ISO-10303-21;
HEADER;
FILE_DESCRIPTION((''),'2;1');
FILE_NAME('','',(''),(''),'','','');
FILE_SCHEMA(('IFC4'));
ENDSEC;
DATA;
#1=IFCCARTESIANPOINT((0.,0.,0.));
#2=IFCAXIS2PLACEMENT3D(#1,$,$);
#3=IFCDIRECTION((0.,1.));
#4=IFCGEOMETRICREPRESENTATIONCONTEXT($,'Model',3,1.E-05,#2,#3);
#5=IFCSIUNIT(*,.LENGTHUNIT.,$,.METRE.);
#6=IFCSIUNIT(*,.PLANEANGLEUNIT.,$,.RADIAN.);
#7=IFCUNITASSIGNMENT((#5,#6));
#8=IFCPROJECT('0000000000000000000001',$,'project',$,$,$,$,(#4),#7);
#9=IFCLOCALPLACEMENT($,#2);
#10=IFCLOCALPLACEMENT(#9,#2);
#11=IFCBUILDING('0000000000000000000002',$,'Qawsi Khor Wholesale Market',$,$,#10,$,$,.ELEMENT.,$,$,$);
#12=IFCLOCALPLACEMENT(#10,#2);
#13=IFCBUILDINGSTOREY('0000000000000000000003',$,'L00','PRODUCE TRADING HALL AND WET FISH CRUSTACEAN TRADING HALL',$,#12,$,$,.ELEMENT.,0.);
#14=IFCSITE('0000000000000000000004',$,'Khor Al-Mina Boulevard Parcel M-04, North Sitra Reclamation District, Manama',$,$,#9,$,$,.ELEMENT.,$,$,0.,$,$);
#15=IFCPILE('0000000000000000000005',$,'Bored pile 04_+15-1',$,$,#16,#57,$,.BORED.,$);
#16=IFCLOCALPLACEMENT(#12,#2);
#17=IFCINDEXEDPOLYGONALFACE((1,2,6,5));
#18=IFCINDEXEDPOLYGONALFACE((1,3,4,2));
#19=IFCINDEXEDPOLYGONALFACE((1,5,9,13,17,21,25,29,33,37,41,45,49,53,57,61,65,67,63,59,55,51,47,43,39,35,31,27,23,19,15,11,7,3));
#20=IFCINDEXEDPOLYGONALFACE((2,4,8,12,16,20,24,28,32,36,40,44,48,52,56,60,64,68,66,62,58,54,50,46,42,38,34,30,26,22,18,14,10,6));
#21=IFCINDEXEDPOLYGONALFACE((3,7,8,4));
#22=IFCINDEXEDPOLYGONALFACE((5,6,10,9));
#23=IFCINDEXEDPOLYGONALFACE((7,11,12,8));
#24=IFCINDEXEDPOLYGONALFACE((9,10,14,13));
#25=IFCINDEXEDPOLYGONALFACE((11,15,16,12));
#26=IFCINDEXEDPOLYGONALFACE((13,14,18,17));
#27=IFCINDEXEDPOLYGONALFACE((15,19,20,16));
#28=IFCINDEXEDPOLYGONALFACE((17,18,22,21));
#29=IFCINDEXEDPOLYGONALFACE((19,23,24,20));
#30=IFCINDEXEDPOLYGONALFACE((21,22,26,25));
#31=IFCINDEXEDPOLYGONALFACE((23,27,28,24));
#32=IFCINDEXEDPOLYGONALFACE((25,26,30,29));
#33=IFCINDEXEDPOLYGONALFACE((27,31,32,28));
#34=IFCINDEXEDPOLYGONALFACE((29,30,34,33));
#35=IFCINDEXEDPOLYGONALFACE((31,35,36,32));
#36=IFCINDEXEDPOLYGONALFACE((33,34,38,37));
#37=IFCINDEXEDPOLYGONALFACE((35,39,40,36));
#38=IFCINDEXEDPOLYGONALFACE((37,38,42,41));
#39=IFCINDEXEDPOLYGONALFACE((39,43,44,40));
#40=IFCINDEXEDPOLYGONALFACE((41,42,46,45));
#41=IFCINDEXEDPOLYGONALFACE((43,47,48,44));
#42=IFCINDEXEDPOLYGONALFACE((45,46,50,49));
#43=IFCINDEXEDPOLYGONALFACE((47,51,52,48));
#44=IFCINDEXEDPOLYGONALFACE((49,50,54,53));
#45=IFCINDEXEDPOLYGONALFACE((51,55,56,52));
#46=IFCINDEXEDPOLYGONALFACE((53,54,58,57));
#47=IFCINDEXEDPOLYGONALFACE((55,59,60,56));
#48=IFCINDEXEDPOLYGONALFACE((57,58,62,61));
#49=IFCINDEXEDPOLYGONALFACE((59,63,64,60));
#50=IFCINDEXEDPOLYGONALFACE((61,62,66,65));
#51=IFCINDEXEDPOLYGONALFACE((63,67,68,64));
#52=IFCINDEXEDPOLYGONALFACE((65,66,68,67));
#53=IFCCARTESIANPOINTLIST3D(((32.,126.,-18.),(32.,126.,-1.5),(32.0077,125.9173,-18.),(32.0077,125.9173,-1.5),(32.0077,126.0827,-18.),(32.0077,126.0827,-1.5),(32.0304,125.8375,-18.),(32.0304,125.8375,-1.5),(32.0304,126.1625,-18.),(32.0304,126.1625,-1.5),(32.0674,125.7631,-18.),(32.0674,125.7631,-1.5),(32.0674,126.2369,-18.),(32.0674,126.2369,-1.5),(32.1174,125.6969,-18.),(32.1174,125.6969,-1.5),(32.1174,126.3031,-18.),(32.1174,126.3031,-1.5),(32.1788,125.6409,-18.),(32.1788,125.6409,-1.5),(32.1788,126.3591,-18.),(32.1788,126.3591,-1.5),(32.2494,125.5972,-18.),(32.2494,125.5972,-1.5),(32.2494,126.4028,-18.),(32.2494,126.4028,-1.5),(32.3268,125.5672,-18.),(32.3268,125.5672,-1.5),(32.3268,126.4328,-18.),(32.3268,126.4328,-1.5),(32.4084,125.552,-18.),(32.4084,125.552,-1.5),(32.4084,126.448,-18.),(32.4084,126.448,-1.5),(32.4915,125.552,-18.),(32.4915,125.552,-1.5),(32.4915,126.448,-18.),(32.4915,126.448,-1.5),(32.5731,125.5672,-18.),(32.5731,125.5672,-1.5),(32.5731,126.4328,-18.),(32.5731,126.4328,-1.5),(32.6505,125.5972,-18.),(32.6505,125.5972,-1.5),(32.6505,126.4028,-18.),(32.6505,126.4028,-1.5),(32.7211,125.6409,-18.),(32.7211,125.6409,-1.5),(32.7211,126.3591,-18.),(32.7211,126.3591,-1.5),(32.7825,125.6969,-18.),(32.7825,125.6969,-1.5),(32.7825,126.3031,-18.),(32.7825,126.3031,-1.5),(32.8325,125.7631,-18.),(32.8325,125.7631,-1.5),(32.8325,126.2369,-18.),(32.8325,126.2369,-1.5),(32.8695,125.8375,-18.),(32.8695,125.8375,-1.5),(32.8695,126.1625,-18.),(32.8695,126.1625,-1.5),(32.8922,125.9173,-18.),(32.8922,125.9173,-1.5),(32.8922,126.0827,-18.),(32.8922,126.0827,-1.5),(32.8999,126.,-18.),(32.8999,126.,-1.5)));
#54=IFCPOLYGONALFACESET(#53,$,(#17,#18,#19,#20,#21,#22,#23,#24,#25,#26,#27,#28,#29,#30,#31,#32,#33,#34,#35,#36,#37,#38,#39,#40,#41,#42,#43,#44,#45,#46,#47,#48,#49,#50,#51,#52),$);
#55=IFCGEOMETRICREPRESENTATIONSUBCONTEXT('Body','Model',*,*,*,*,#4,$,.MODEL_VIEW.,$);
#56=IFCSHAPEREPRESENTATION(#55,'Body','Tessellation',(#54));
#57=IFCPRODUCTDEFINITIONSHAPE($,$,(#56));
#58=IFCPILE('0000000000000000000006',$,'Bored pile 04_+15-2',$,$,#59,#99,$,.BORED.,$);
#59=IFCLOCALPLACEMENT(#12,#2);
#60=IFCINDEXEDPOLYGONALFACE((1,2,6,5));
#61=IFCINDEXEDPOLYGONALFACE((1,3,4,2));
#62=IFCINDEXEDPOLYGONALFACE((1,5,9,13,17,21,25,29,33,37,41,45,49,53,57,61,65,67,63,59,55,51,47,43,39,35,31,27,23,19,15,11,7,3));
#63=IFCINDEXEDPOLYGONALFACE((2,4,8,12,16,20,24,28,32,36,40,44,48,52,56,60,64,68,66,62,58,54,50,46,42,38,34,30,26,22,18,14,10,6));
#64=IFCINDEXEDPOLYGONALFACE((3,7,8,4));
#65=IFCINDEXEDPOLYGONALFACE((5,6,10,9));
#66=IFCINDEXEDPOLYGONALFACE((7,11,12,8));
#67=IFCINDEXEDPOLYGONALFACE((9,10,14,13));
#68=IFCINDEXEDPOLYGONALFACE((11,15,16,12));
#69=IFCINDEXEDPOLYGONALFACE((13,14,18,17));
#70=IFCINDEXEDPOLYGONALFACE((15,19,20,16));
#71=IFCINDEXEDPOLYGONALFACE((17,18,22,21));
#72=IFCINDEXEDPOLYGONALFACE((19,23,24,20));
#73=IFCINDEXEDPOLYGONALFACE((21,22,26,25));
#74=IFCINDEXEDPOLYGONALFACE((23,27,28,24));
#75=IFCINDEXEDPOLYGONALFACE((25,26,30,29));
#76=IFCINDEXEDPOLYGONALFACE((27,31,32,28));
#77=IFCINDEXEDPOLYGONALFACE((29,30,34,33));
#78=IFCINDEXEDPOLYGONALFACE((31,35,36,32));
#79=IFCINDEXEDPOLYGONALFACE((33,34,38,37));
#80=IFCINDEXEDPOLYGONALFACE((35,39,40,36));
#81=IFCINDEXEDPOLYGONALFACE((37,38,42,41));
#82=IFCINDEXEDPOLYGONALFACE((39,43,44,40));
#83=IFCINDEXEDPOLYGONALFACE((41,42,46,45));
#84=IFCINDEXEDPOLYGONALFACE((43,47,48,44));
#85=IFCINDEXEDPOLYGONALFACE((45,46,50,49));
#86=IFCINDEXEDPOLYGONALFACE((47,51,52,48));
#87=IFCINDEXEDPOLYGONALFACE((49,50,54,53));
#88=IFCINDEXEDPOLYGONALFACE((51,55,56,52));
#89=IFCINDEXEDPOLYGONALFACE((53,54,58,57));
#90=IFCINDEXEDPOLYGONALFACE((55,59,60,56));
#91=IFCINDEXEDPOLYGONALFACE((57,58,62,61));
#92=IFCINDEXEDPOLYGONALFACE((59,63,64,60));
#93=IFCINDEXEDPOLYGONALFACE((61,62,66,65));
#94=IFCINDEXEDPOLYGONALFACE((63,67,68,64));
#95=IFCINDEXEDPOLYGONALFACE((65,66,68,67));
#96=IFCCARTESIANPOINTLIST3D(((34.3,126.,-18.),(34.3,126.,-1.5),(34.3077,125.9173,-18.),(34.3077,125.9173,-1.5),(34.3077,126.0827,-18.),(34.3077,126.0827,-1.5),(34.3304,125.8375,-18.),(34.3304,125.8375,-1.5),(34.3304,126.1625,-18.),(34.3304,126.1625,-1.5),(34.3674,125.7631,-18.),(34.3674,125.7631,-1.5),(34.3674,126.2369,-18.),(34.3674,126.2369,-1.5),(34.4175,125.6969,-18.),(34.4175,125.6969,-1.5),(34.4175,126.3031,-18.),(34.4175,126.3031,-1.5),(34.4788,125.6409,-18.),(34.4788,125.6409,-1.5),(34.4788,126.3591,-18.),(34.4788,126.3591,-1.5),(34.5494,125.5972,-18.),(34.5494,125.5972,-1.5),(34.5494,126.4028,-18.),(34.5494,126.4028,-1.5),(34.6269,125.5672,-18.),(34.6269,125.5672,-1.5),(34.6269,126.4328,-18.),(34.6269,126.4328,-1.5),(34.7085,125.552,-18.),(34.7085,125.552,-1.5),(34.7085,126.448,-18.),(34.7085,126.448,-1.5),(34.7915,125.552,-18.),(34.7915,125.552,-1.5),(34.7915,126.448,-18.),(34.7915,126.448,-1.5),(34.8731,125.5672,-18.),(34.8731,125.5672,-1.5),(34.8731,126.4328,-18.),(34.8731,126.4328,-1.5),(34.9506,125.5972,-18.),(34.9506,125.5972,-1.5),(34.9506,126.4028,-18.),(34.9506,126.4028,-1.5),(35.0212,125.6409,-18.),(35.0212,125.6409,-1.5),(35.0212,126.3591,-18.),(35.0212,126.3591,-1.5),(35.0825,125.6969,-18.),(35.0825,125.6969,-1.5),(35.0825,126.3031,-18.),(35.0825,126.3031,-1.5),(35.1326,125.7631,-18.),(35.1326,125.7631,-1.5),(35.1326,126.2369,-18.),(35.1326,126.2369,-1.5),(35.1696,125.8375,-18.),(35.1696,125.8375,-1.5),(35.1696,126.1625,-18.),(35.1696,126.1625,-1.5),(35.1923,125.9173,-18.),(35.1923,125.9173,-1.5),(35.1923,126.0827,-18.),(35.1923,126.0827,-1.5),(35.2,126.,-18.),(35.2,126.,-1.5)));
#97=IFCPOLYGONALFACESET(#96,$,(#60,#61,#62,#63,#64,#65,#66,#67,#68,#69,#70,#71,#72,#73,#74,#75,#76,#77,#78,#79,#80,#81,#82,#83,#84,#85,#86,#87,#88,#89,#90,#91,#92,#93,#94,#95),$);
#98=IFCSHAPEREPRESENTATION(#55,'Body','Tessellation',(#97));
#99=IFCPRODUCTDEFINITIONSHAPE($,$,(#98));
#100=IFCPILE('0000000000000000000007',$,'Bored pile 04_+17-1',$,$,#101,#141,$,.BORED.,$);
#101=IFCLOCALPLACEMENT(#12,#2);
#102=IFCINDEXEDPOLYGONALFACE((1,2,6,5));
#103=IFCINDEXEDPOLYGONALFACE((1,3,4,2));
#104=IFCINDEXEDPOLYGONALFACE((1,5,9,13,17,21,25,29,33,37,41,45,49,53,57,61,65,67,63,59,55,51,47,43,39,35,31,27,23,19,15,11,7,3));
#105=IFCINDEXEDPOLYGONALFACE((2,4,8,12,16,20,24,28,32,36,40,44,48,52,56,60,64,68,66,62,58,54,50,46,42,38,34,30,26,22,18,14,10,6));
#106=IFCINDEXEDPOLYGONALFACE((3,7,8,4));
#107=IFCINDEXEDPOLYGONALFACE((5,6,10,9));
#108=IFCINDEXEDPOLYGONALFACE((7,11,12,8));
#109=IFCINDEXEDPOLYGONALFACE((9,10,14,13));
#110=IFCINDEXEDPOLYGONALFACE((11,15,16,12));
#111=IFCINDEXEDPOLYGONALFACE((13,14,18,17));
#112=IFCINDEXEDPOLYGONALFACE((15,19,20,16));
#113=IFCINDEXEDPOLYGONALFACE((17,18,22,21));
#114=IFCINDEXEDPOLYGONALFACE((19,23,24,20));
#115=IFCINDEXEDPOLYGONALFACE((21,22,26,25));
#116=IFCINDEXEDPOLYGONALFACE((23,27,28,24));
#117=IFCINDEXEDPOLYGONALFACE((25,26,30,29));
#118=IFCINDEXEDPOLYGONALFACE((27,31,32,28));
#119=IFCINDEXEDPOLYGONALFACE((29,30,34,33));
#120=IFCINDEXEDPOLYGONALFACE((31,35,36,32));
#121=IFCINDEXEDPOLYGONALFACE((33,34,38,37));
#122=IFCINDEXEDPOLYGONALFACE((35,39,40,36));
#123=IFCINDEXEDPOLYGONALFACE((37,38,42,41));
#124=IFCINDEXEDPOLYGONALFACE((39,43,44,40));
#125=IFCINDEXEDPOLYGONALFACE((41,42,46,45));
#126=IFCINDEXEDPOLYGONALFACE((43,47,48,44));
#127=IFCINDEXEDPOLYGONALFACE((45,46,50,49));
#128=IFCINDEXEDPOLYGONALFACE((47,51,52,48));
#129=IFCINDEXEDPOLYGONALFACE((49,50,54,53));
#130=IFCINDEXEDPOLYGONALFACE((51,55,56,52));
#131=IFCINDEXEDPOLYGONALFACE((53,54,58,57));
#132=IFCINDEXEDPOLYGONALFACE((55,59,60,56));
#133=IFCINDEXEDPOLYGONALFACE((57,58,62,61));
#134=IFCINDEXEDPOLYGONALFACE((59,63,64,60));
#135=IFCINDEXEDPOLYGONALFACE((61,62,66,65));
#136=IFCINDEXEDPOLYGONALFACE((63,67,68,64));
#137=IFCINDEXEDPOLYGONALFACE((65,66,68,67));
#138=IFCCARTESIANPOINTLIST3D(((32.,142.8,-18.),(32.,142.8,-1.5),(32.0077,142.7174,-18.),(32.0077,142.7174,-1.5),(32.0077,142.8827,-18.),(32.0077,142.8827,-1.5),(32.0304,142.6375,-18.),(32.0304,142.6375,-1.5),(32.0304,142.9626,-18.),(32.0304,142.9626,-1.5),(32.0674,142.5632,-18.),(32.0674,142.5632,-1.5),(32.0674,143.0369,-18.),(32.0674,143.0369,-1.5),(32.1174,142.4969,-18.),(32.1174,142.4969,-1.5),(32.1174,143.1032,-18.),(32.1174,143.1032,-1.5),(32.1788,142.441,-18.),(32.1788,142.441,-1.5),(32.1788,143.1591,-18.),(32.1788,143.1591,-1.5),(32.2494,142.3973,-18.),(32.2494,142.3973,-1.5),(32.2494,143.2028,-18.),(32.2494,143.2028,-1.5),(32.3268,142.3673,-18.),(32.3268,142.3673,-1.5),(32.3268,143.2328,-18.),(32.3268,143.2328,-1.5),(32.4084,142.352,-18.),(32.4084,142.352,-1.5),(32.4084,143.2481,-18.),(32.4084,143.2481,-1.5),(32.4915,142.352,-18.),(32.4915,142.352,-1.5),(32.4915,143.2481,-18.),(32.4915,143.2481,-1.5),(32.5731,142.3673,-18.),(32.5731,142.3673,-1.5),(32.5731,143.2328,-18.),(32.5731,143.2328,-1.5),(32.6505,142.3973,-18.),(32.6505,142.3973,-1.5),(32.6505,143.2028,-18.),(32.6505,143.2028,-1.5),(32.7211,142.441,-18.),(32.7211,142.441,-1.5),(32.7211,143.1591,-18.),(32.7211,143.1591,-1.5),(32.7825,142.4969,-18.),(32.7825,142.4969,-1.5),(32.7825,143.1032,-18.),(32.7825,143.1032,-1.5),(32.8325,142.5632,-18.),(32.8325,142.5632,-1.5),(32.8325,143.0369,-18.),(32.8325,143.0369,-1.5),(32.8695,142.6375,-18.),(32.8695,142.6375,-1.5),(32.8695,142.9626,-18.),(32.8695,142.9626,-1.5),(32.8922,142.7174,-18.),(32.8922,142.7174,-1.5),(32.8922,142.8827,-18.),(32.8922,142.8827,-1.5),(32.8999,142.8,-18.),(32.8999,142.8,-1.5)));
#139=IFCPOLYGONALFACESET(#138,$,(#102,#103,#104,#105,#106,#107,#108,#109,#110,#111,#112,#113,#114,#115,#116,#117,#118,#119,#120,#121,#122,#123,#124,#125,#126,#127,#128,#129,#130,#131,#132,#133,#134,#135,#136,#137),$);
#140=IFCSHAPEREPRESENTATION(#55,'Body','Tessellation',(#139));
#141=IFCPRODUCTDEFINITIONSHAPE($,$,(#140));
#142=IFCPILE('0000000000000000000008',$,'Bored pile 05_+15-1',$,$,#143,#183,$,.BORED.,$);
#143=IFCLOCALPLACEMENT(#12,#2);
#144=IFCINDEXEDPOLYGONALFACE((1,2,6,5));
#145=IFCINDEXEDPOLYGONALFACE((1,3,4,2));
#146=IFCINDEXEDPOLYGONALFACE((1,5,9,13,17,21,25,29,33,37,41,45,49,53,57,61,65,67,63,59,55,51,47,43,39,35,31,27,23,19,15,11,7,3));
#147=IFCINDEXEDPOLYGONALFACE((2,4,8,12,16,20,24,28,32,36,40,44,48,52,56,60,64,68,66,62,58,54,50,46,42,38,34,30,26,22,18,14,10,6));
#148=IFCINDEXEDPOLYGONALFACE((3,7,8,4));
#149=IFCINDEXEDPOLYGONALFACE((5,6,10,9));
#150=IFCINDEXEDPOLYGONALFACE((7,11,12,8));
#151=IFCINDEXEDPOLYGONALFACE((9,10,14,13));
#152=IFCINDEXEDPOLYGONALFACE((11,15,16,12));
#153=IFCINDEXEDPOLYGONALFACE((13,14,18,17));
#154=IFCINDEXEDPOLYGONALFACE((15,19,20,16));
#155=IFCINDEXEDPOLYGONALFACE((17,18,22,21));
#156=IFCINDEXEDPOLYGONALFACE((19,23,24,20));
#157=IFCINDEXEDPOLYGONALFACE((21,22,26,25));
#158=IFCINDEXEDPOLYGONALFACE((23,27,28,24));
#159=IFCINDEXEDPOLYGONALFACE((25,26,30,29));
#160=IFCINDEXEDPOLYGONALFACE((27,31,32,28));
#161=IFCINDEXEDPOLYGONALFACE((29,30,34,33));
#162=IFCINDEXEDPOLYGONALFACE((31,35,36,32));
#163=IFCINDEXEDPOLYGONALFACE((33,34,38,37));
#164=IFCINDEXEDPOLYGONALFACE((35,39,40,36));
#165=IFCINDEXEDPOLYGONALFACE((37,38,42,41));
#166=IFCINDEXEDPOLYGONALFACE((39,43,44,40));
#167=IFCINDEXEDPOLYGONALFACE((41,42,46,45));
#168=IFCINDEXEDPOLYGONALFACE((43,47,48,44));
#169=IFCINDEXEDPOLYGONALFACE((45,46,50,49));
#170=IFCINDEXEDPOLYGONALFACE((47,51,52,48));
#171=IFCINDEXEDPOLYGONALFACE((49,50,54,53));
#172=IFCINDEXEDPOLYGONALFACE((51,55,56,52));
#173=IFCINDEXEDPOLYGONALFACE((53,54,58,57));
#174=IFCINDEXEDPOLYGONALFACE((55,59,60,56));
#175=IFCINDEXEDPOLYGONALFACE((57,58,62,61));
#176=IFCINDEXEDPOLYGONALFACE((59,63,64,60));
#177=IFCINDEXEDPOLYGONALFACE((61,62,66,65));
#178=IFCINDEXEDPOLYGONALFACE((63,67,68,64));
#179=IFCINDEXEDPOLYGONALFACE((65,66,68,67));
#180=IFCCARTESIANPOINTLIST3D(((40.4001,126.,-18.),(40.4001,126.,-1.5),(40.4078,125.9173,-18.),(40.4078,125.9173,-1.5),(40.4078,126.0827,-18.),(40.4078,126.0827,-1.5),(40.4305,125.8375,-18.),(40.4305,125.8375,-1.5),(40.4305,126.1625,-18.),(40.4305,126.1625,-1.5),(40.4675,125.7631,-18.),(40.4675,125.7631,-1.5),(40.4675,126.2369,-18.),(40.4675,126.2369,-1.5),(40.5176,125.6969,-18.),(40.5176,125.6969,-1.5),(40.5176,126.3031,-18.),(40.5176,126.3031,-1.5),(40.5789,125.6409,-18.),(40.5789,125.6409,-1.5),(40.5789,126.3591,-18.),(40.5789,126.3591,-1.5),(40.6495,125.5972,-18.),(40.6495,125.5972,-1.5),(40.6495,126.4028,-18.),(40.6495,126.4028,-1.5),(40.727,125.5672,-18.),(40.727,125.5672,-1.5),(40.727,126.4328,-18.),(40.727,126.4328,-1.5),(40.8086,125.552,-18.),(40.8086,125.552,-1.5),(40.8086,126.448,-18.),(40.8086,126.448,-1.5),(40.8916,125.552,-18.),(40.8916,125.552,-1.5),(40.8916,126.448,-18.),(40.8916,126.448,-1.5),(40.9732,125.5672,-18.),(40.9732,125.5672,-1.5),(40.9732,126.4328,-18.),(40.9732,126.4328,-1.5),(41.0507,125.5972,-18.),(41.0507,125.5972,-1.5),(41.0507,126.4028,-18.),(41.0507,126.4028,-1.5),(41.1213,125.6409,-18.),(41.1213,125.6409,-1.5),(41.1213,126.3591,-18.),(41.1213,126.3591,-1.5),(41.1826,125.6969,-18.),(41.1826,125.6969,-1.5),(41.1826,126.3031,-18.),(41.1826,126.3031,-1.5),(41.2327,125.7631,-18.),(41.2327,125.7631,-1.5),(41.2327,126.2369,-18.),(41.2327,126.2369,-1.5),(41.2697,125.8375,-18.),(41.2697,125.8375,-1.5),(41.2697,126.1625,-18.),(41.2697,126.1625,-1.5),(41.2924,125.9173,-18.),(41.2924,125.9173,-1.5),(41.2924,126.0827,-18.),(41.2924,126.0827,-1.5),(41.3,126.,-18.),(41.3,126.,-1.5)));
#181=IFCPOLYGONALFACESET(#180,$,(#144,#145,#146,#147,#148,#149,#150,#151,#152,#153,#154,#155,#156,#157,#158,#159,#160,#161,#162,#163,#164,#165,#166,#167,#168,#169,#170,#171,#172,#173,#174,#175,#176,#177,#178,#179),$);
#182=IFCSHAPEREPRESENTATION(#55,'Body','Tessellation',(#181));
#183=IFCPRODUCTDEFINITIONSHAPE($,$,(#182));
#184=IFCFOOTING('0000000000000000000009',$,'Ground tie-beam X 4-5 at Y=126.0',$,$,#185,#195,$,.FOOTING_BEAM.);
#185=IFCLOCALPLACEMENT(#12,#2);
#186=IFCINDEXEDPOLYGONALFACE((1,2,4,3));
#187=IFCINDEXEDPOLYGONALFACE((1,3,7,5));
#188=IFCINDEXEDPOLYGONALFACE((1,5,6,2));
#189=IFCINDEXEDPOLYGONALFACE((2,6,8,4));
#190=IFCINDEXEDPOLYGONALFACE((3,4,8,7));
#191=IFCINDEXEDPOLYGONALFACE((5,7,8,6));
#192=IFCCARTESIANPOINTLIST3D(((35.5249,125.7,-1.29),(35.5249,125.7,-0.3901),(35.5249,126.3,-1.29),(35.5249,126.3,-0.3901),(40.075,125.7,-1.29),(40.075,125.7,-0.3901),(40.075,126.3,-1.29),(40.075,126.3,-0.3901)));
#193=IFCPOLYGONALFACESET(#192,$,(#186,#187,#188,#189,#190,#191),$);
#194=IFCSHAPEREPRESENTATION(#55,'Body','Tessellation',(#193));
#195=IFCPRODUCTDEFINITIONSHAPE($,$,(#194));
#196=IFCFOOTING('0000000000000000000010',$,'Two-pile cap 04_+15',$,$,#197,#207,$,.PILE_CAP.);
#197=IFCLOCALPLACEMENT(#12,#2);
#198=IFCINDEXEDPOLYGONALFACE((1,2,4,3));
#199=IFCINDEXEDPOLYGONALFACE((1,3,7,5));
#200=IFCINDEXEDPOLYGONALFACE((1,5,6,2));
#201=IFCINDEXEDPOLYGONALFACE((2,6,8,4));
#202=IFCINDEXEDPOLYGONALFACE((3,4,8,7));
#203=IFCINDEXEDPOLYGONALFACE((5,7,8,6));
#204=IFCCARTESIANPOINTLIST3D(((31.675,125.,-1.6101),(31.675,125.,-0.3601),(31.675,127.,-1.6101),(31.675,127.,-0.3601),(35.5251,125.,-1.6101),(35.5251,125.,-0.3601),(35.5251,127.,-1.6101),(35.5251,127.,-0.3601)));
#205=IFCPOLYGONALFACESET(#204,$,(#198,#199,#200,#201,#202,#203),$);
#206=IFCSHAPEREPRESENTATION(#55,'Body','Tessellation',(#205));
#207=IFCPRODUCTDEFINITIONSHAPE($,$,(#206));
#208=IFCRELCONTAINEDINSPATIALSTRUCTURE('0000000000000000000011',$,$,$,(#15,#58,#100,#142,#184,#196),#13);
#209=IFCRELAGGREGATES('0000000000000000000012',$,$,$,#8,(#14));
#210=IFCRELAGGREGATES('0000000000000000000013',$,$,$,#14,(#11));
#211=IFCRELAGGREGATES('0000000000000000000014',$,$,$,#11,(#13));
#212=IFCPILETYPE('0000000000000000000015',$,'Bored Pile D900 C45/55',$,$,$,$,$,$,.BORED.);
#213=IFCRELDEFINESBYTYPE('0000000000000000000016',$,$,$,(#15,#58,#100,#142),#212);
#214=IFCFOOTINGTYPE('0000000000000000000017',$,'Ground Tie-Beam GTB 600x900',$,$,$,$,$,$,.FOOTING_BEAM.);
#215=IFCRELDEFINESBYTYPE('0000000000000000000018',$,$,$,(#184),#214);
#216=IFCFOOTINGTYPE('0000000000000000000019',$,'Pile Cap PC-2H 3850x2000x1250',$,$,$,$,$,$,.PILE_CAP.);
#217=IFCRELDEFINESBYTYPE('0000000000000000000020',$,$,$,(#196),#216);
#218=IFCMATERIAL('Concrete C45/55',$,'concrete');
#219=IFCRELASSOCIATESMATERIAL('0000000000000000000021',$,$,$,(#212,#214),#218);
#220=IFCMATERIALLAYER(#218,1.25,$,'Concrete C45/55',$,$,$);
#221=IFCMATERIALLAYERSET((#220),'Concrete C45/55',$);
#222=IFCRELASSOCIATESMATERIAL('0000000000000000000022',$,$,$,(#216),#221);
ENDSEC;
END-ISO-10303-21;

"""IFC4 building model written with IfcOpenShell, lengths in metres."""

from ifc_helpers import new_model, si_unit, direction, frame, origin, origin_2d, place, context, subcontext, project, spatial, rectangle, circle, extrude, material, layer, layer_set, material_profile, profile_set, type_object, element, save


model = new_model("IFC4")

# Units and contexts
model_context = context("Model", 3, precision=1e-05, world=origin(), true_north=direction((0.0, 1.0)))
body_context = subcontext(model_context, "Body", "Model", "MODEL_VIEW")
ifc_project = project(units=[si_unit("LENGTHUNIT", "METRE"), si_unit("PLANEANGLEUNIT", "RADIAN")], contexts=[model_context])

# Site, building, storey
site_placement = place(None, origin())
site = spatial("IfcSite", under=ifc_project, at=site_placement, Name="Khor Al-Mina Boulevard Parcel M-04, North Sitra Reclamation District, Manama", CompositionType="ELEMENT", RefElevation=0.0)
building_placement = place(site_placement, origin())
building = spatial("IfcBuilding", under=site, at=building_placement, Name="Qawsi Khor Wholesale Market", CompositionType="ELEMENT")
storey_placement = place(building_placement, origin())
storey = spatial("IfcBuildingStorey", under=building, at=storey_placement, Name="L00", Description="PRODUCE TRADING HALL AND WET FISH CRUSTACEAN TRADING HALL", CompositionType="ELEMENT", Elevation=0.0)

# Piles
ifc_material_1 = material(Name="Concrete C45/55", Category="concrete")
ifc_material_profile_1 = material_profile(ifc_material_1, circle(Radius=0.45, at=origin_2d()), Name="PILE D900")
ifc_profile_set_1 = profile_set([ifc_material_profile_1], Name="Concrete C45/55")
pile_type = type_object("IfcPileType", Name="Bored Pile D900 C45/55", PredefinedType="BORED", material=ifc_profile_set_1)
for number, where, z_axis, x_axis, name in (
    (1, (32.45, 126.0, -1.5), (0.0, 0.0, -1.0), (1.0, 0.0, 0.0), "Bored pile 04_+15-1"),
    (2, (34.75, 126.0, -1.5), (0.0, 0.0, -1.0), (1.0, 0.0, 0.0), "Bored pile 04_+15-2"),
    (3, (32.45, 142.8, -1.5), (0.0, 0.0, -1.0), (1.0, 0.0, 0.0), "Bored pile 04_+17-1"),
    (4, (40.8501, 126.0, -1.5), (0.0, 0.0, -1.0), (1.0, 0.0, 0.0), "Bored pile 05_+15-1"),
):
    element("IfcPile", number, at=place(storey_placement, frame(where, z_axis=z_axis, x_axis=x_axis)), inside=storey, type_object=pile_type, Name=name, PredefinedType="BORED", context=body_context, shape_type="SweptSolid", body=[
        extrude(circle(Radius=0.45, at=origin_2d()), origin(), (0.0, 0.0, 1.0), 16.5),
    ])

# Footings
ifc_material_profile_2 = material_profile(ifc_material_1, rectangle(XDim=0.6001, YDim=0.8999, at=origin_2d()), Name="RC 600x900")
ifc_profile_set_2 = profile_set([ifc_material_profile_2], Name="Concrete C45/55")
footing_type_1 = type_object("IfcFootingType", Name="Ground Tie-Beam GTB 600x900", PredefinedType="FOOTING_BEAM", material=ifc_profile_set_2)
footing_placement = place(storey_placement, frame((35.5249, 126.0, -0.8401), z_axis=(1.0, 0.0, 0.0), x_axis=(0.0, 1.0, 0.0)))
element("IfcFooting", 5, at=footing_placement, inside=storey, type_object=footing_type_1, Name="Ground tie-beam X 4-5 at Y=126.0", PredefinedType="FOOTING_BEAM", context=body_context, shape_type="SweptSolid", body=[
    extrude(rectangle(XDim=0.6001, YDim=0.8999, at=origin_2d()), origin(), (0.0, 0.0, 1.0), 4.55),
])
ifc_layer_1 = layer(ifc_material_1, 1.25, Name="Concrete C45/55")
ifc_layer_set_1 = layer_set([ifc_layer_1], Name="Concrete C45/55")
footing_type_2 = type_object("IfcFootingType", Name="Pile Cap PC-2H 3850x2000x1250", PredefinedType="PILE_CAP", material=ifc_layer_set_1)
for number, where, z_axis, x_axis, name in (
    (6, (33.6001, 126.0, -1.6101), (0.0, 0.0, 1.0), (1.0, 0.0, 0.0), "Two-pile cap 04_+15"),
):
    element("IfcFooting", number, at=place(storey_placement, frame(where, z_axis=z_axis, x_axis=x_axis)), inside=storey, type_object=footing_type_2, Name=name, PredefinedType="PILE_CAP", context=body_context, shape_type="SweptSolid", body=[
        extrude(rectangle(XDim=3.8501, YDim=2.0, at=origin_2d()), origin(), (0.0, 0.0, 1.0), 1.25),
    ])

save(model, "model.ifc")
